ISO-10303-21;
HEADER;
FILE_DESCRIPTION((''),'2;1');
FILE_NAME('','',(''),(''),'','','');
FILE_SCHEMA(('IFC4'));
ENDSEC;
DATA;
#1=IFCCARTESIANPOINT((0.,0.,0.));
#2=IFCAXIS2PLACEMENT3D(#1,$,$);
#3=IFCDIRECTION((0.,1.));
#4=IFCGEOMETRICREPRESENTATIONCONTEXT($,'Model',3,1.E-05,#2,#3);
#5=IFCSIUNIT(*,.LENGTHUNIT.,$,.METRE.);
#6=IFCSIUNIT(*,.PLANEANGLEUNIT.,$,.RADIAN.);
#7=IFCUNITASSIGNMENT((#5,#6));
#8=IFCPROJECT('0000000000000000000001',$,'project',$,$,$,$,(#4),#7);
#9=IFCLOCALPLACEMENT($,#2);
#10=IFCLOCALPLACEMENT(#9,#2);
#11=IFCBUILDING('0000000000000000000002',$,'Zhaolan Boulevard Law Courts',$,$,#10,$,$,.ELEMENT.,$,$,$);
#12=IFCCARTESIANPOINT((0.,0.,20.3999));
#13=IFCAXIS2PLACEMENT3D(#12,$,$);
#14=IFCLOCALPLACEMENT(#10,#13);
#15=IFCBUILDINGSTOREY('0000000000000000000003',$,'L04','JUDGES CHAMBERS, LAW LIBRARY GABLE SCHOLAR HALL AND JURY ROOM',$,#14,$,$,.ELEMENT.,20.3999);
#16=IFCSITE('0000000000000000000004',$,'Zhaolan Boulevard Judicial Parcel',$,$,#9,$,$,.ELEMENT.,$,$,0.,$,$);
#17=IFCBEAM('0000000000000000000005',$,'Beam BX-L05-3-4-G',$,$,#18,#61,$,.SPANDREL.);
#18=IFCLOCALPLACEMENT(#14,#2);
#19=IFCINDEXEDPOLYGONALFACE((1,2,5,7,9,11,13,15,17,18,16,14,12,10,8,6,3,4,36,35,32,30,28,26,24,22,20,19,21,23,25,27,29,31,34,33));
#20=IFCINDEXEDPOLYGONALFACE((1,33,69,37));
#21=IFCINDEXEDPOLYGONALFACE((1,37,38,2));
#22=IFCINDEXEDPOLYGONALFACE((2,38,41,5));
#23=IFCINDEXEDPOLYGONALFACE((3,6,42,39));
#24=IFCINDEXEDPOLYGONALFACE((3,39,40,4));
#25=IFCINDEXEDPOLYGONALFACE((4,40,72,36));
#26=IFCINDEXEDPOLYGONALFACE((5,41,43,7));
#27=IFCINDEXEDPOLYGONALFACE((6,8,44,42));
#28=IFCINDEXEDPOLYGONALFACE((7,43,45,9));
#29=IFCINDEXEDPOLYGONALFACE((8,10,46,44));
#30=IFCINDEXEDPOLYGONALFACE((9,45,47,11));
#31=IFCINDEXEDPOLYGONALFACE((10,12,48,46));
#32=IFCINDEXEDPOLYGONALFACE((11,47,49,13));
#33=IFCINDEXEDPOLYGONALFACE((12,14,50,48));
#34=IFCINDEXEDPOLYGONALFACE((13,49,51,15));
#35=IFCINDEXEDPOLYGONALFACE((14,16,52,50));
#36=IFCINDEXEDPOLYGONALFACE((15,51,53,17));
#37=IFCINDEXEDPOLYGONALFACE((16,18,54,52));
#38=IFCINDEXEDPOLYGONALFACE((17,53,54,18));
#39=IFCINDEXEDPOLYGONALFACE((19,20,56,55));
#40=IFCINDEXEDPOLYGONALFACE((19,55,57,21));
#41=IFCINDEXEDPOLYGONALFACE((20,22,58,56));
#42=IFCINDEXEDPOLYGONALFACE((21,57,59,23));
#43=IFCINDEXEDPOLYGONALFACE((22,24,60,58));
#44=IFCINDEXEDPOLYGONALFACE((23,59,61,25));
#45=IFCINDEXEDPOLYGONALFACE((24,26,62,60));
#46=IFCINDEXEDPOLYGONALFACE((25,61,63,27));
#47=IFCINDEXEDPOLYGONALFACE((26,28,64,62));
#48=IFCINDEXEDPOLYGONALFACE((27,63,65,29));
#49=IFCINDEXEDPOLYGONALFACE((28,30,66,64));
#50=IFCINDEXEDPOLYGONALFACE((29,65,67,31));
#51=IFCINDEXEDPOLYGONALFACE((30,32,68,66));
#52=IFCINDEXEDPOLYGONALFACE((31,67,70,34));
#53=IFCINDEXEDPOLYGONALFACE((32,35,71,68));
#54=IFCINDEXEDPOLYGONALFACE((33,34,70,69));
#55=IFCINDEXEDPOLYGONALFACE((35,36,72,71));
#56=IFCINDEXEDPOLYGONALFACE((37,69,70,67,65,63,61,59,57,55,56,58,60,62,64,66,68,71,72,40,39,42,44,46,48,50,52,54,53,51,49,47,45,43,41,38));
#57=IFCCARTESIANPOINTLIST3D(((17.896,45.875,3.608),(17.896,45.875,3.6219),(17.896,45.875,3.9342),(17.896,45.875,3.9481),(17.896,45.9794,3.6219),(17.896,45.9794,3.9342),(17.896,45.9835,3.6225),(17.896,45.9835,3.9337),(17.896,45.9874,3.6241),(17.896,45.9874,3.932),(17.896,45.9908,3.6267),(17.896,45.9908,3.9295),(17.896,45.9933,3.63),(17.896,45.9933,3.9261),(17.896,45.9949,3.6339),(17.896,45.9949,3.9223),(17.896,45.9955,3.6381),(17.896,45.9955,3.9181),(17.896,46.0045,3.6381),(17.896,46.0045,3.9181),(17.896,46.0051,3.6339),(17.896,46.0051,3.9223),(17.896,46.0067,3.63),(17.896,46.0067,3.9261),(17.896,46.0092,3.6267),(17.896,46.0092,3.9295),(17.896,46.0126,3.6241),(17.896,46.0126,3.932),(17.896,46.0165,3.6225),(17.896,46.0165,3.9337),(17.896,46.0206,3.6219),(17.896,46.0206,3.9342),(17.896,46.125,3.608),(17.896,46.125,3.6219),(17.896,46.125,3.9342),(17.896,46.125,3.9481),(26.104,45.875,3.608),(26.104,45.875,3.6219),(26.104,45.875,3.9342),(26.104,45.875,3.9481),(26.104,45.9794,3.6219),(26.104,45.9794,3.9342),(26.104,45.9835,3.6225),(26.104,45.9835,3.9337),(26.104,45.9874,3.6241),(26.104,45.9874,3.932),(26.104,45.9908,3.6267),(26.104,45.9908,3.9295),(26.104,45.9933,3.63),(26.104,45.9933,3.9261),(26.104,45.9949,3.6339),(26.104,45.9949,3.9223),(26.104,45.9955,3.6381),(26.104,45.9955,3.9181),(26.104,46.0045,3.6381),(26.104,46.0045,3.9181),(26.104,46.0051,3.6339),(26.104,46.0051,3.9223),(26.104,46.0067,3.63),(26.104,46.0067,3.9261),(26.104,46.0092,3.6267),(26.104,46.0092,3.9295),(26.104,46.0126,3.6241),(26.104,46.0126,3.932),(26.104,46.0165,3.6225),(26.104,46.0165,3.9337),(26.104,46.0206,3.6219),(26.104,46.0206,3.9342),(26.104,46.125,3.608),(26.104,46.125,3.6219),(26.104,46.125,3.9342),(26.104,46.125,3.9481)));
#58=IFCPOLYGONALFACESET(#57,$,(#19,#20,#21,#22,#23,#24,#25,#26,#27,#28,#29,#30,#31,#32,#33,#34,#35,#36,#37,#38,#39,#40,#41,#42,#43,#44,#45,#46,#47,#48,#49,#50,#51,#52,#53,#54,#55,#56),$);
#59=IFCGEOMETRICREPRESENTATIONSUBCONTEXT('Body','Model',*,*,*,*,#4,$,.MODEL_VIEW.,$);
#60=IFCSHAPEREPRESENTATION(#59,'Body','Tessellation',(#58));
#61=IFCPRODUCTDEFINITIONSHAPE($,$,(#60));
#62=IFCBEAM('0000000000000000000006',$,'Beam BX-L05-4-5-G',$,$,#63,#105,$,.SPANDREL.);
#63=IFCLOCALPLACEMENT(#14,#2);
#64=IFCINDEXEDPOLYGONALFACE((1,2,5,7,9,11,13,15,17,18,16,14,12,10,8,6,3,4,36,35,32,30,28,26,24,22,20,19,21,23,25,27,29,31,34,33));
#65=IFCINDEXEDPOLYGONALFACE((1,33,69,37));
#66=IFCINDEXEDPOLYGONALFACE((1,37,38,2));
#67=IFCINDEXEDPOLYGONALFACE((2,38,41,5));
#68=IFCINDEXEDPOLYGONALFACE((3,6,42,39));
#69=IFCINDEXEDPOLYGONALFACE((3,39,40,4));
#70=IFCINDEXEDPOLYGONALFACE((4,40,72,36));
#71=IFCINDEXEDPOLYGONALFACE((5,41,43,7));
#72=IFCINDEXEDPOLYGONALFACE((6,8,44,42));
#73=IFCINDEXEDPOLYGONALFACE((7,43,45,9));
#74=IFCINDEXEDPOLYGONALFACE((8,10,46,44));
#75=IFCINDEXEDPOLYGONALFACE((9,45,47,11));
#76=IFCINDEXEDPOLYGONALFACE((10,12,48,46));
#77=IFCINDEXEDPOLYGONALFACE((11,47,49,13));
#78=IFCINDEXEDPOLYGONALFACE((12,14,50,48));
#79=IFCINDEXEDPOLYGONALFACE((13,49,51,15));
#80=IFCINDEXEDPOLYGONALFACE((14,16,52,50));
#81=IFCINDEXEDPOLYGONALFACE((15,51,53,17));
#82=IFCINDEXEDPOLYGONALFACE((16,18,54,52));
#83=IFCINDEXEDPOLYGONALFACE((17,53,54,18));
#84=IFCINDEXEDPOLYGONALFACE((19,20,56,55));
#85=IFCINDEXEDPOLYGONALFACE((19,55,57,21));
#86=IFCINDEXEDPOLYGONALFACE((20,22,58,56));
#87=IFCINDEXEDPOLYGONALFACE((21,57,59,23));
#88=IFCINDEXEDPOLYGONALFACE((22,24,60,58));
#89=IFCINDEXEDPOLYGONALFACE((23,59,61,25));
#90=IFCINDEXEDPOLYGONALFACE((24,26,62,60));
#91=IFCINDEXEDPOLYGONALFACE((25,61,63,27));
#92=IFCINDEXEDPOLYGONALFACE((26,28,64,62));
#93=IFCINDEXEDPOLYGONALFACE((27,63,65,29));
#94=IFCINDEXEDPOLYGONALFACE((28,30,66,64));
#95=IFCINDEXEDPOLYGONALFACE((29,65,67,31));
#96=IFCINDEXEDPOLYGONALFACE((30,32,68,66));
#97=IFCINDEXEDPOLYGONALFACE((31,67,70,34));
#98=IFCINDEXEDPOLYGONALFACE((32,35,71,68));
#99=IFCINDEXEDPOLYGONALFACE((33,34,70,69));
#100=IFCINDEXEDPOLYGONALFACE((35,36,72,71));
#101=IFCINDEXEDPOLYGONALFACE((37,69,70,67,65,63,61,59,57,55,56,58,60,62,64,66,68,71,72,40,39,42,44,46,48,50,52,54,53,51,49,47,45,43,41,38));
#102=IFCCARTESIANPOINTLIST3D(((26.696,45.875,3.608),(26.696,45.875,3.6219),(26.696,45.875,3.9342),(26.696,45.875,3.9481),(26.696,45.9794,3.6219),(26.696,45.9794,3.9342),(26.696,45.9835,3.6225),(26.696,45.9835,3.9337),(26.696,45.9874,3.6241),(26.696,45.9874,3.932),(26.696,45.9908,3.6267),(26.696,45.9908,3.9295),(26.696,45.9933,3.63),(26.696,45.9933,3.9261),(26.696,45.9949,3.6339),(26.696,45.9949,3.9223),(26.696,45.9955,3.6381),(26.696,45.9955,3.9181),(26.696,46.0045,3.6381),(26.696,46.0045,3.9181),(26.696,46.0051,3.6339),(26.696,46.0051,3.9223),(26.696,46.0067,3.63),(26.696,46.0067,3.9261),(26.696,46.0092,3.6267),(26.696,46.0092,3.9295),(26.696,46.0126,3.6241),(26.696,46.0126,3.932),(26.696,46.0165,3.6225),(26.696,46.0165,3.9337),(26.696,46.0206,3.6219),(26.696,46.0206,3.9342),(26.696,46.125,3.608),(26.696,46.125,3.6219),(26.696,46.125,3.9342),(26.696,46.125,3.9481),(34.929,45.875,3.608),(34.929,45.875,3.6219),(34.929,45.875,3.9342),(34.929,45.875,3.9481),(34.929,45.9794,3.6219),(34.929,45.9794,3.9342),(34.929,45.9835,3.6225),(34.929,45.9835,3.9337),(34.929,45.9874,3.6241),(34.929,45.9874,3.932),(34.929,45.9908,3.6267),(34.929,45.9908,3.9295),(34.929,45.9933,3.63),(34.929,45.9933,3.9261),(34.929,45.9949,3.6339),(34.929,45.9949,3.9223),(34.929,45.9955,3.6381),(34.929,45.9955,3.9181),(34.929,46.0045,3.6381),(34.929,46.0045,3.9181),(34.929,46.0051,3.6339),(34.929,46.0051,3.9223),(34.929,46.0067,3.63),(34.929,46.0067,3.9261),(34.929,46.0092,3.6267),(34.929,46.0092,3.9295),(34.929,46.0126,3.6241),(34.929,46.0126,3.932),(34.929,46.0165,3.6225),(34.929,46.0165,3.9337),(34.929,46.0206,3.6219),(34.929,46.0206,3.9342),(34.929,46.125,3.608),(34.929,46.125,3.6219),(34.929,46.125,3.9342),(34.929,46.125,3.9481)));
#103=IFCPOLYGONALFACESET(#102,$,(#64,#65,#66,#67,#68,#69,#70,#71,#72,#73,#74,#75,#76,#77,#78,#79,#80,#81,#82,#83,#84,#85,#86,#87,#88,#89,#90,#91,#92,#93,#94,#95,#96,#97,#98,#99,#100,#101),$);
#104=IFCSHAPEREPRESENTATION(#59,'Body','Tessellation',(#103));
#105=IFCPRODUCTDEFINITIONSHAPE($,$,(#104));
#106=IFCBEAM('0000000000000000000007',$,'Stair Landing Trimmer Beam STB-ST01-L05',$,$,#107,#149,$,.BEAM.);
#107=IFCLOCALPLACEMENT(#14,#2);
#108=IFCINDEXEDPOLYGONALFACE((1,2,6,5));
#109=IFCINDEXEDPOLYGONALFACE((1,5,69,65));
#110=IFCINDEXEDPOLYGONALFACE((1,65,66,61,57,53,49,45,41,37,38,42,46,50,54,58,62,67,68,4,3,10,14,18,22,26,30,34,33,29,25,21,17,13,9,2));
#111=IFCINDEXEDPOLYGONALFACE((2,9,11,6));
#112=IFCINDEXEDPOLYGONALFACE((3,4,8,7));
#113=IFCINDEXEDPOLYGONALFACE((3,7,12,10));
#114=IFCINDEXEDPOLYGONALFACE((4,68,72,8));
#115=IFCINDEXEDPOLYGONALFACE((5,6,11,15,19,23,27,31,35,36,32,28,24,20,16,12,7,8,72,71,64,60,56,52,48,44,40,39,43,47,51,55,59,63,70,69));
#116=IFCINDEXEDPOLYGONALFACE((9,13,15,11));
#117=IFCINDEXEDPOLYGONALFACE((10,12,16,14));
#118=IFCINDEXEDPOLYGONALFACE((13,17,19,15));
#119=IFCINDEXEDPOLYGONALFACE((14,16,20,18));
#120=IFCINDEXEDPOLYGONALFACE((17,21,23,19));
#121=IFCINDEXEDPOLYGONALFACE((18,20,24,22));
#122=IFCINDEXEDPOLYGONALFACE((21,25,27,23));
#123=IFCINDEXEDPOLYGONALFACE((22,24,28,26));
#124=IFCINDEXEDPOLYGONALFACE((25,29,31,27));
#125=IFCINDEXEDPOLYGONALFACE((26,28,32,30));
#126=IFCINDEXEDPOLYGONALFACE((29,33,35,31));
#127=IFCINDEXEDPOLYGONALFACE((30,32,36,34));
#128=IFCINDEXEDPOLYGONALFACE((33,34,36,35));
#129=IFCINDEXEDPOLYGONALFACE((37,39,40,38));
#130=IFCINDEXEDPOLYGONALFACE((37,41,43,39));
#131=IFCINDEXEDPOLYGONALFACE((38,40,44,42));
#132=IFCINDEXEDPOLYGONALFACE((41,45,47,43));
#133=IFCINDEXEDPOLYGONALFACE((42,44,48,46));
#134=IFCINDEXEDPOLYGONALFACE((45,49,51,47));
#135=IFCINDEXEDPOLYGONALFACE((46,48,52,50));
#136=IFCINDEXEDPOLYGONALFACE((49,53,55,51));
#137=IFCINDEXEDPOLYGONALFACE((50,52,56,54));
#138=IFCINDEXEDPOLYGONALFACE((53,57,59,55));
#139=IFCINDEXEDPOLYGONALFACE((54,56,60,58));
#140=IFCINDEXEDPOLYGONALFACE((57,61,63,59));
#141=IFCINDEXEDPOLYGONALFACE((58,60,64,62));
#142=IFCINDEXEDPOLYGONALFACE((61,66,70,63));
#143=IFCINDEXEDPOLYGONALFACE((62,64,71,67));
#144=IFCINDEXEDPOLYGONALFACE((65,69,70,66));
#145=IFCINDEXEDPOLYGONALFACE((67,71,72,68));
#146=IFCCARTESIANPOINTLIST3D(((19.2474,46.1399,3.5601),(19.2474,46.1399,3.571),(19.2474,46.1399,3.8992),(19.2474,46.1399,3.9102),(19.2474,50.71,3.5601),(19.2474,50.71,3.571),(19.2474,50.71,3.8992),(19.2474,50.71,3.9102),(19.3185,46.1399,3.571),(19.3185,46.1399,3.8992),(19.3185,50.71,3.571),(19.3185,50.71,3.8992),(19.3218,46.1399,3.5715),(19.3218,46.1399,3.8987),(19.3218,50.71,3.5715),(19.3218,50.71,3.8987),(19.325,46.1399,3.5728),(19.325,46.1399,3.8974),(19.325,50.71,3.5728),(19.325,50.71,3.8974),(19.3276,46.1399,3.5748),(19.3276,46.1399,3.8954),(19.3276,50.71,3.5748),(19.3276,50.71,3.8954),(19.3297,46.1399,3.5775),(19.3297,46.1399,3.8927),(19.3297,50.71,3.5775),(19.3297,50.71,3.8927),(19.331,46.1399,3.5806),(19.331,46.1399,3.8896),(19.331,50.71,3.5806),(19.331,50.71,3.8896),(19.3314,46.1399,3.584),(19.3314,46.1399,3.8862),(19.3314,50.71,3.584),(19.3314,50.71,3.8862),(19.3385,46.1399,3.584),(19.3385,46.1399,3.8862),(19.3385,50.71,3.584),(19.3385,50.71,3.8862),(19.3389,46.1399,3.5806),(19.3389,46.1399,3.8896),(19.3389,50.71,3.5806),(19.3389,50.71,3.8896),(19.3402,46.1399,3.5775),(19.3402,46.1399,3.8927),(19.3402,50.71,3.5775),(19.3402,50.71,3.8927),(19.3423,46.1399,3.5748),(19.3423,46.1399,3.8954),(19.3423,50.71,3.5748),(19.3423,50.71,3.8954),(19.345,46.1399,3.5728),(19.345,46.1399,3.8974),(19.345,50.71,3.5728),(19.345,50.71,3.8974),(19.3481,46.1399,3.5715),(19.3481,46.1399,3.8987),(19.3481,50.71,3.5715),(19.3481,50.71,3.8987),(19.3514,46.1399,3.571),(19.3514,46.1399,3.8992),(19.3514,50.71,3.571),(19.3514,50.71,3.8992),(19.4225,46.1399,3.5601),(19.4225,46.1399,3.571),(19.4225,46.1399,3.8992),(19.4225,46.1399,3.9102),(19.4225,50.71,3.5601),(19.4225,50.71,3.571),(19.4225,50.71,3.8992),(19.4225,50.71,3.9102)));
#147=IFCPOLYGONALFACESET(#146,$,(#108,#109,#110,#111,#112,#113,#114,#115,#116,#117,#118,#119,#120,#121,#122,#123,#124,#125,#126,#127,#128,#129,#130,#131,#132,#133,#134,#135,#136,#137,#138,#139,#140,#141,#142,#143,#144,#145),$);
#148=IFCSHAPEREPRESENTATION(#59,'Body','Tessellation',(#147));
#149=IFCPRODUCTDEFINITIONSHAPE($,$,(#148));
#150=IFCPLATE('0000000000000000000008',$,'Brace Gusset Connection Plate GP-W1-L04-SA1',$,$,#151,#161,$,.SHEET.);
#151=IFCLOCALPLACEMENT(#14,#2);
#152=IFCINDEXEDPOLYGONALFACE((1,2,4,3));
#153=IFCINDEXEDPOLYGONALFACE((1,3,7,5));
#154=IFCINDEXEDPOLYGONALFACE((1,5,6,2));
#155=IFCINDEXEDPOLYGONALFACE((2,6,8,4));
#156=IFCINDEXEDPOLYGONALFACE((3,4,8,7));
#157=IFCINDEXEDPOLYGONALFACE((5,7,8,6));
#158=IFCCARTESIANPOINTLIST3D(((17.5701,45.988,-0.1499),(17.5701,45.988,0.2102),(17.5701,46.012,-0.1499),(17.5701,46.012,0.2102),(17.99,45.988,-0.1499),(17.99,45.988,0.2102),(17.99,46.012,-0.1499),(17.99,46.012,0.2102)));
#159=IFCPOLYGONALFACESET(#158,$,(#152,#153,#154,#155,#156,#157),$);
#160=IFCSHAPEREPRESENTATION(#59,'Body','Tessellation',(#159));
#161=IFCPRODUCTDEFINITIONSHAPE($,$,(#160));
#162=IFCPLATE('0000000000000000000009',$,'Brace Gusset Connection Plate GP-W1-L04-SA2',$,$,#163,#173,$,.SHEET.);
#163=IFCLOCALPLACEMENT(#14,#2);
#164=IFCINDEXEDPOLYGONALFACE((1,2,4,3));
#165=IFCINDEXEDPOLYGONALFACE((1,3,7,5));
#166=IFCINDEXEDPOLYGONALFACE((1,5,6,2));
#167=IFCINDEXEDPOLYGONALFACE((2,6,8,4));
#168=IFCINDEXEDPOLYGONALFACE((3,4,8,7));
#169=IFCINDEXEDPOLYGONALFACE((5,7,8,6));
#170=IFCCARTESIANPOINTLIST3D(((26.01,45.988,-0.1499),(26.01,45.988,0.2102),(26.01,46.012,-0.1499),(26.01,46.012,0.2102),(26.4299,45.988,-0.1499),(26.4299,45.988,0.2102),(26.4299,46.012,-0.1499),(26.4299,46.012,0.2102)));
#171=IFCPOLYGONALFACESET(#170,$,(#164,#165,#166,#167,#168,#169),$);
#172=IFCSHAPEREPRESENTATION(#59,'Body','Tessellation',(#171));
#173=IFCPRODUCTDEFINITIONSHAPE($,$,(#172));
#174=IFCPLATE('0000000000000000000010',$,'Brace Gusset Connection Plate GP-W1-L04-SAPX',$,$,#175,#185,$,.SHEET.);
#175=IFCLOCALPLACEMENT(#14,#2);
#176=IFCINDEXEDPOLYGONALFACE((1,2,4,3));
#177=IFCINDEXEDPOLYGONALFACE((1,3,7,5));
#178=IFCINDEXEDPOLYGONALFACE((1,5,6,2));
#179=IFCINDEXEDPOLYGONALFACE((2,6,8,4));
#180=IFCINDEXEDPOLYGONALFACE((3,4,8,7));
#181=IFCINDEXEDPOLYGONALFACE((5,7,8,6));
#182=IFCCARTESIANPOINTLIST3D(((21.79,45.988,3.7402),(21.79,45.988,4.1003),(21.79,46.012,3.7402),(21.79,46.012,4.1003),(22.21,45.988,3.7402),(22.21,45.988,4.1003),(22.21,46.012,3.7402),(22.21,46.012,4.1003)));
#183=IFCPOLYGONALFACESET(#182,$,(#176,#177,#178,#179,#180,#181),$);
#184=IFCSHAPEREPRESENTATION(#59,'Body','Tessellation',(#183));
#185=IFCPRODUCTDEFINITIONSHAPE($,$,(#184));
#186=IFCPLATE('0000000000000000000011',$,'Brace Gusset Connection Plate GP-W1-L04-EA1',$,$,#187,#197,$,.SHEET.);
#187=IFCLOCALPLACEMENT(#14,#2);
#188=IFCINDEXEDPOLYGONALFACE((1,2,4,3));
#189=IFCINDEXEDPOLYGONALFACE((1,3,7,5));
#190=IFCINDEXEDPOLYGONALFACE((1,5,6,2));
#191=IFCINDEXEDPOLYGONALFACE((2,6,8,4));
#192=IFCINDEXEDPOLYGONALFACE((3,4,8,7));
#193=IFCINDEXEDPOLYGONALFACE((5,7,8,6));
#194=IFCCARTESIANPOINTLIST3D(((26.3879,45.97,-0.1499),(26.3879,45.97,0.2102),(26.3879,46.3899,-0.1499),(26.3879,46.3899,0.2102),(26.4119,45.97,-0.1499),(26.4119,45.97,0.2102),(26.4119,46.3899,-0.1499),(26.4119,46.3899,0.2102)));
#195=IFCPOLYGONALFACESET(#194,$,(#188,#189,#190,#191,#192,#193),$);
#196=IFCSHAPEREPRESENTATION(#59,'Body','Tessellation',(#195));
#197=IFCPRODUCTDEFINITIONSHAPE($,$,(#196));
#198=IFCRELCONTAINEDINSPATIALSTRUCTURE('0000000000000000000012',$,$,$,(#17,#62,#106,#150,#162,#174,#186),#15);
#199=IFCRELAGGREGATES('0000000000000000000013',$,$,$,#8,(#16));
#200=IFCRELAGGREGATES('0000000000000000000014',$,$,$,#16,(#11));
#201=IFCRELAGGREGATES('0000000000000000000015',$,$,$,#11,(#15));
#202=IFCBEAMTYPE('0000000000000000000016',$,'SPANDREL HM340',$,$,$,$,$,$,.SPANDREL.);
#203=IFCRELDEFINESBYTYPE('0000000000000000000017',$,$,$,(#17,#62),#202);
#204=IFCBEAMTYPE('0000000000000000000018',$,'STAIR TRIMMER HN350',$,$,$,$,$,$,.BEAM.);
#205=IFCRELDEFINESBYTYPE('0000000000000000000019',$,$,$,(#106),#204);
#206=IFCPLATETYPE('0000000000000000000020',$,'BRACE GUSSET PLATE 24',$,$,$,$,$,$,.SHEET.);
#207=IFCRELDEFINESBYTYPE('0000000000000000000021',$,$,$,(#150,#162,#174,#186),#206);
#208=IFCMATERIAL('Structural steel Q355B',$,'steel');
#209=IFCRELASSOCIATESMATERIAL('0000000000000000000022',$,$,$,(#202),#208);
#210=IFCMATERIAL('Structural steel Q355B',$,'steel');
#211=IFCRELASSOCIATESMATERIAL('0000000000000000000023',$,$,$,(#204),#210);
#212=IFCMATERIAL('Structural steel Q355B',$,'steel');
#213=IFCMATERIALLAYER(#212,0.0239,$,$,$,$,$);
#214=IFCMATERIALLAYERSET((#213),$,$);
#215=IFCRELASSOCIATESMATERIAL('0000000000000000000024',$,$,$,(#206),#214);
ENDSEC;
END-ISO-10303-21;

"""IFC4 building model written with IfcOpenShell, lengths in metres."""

from ifc_helpers import new_model, si_unit, direction, frame, origin, origin_2d, place, context, subcontext, project, spatial, rectangle, i_section, extrude, material, layer, layer_set, material_profile, profile_set, type_object, element, save


model = new_model("IFC4")

# Units and contexts
model_context = context("Model", 3, precision=1e-05, world=origin(), true_north=direction((0.0, 1.0)))
body_context = subcontext(model_context, "Body", "Model", "MODEL_VIEW")
ifc_project = project(units=[si_unit("LENGTHUNIT", "METRE"), si_unit("PLANEANGLEUNIT", "RADIAN")], contexts=[model_context])

# Site, building, storey
site_placement = place(None, origin())
site = spatial("IfcSite", under=ifc_project, at=site_placement, Name="Zhaolan Boulevard Judicial Parcel", CompositionType="ELEMENT", RefElevation=0.0)
building_placement = place(site_placement, origin())
building = spatial("IfcBuilding", under=site, at=building_placement, Name="Zhaolan Boulevard Law Courts", CompositionType="ELEMENT")
storey_placement = place(building_placement, frame((0.0, 0.0, 20.3999)))
storey = spatial("IfcBuildingStorey", under=building, at=storey_placement, Name="L04", Description="JUDGES CHAMBERS, LAW LIBRARY GABLE SCHOLAR HALL AND JURY ROOM", CompositionType="ELEMENT", Elevation=20.3999)

# Beams
ifc_material_1 = material(Name="Structural steel Q355B", Category="steel")
ifc_material_profile_1 = material_profile(ifc_material_1, i_section(OverallWidth=0.25, OverallDepth=0.3401, WebThickness=0.009, FlangeThickness=0.0139, FilletRadius=0.0161, at=origin_2d()), Name="HM340x250")
ifc_profile_set_1 = profile_set([ifc_material_profile_1], Name="Structural steel Q355B")
beam_type_1 = type_object("IfcBeamType", Name="SPANDREL HM340", PredefinedType="SPANDREL", material=ifc_profile_set_1)
beam_1_placement = place(storey_placement, frame((17.896, 46.0, 3.7781), z_axis=(1.0, 0.0, 0.0), x_axis=(0.0, 1.0, 0.0)))
element("IfcBeam", 1, at=beam_1_placement, inside=storey, type_object=beam_type_1, Name="Beam BX-L05-3-4-G", PredefinedType="SPANDREL", context=body_context, shape_type="SweptSolid", body=[
    extrude(i_section(OverallWidth=0.25, OverallDepth=0.3401, WebThickness=0.009, FlangeThickness=0.0139, FilletRadius=0.0161, at=origin_2d()), origin(), (0.0, 0.0, 1.0), 8.208),
])
beam_2_placement = place(storey_placement, frame((26.696, 46.0, 3.7781), z_axis=(1.0, 0.0, 0.0), x_axis=(0.0, 1.0, 0.0)))
element("IfcBeam", 2, at=beam_2_placement, inside=storey, type_object=beam_type_1, Name="Beam BX-L05-4-5-G", PredefinedType="SPANDREL", context=body_context, shape_type="SweptSolid", body=[
    extrude(i_section(OverallWidth=0.25, OverallDepth=0.3401, WebThickness=0.009, FlangeThickness=0.0139, FilletRadius=0.0161, at=origin_2d()), origin(), (0.0, 0.0, 1.0), 8.2329),
])
ifc_material_2 = material(Name="Structural steel Q355B", Category="steel")
ifc_material_profile_2 = material_profile(ifc_material_2, i_section(OverallWidth=0.175, OverallDepth=0.3501, WebThickness=0.0071, FlangeThickness=0.011, FilletRadius=0.0129, at=origin_2d()), Name="HN350x175")
ifc_profile_set_2 = profile_set([ifc_material_profile_2], Name="Structural steel Q355B")
beam_type_2 = type_object("IfcBeamType", Name="STAIR TRIMMER HN350", PredefinedType="BEAM", material=ifc_profile_set_2)
beam_3_placement = place(storey_placement, frame((19.335, 46.1399, 3.7351), z_axis=(0.0, 1.0, 0.0), x_axis=(-1.0, 0.0, 0.0)))
element("IfcBeam", 3, at=beam_3_placement, inside=storey, type_object=beam_type_2, Name="Stair Landing Trimmer Beam STB-ST01-L05", PredefinedType="BEAM", context=body_context, shape_type="SweptSolid", body=[
    extrude(i_section(OverallWidth=0.175, OverallDepth=0.3501, WebThickness=0.0071, FlangeThickness=0.011, FilletRadius=0.0129, at=origin_2d()), origin(), (0.0, 0.0, 1.0), 4.5701),
])

# Plates
ifc_material_3 = material(Name="Structural steel Q355B", Category="steel")
ifc_layer_1 = layer(ifc_material_3, 0.0239)
ifc_layer_set_1 = layer_set([ifc_layer_1])
plate_type_1 = type_object("IfcPlateType", Name="BRACE GUSSET PLATE 24", PredefinedType="SHEET", material=ifc_layer_set_1)
for number, where, z_axis, x_axis, name in (
    (4, (17.78, 46.0, -0.1499), (0.0, 0.0, 1.0), (1.0, 0.0, 0.0), "Brace Gusset Connection Plate GP-W1-L04-SA1"),
    (5, (26.22, 46.0, -0.1499), (0.0, 0.0, 1.0), (1.0, 0.0, 0.0), "Brace Gusset Connection Plate GP-W1-L04-SA2"),
    (6, (22.0, 46.0, 3.7402), (0.0, 0.0, 1.0), (1.0, 0.0, 0.0), "Brace Gusset Connection Plate GP-W1-L04-SAPX"),
    (7, (26.3999, 46.1799, -0.1499), (0.0, 0.0, 1.0), (0.0, 1.0, 0.0), "Brace Gusset Connection Plate GP-W1-L04-EA1"),
):
    element("IfcPlate", number, at=place(storey_placement, frame(where, z_axis=z_axis, x_axis=x_axis)), inside=storey, type_object=plate_type_1, Name=name, PredefinedType="SHEET", context=body_context, shape_type="SweptSolid", body=[
        extrude(rectangle(XDim=0.4199, YDim=0.0239, at=origin_2d()), origin(), (0.0, 0.0, 1.0), 0.3601),
    ])

save(model, "model.ifc")
